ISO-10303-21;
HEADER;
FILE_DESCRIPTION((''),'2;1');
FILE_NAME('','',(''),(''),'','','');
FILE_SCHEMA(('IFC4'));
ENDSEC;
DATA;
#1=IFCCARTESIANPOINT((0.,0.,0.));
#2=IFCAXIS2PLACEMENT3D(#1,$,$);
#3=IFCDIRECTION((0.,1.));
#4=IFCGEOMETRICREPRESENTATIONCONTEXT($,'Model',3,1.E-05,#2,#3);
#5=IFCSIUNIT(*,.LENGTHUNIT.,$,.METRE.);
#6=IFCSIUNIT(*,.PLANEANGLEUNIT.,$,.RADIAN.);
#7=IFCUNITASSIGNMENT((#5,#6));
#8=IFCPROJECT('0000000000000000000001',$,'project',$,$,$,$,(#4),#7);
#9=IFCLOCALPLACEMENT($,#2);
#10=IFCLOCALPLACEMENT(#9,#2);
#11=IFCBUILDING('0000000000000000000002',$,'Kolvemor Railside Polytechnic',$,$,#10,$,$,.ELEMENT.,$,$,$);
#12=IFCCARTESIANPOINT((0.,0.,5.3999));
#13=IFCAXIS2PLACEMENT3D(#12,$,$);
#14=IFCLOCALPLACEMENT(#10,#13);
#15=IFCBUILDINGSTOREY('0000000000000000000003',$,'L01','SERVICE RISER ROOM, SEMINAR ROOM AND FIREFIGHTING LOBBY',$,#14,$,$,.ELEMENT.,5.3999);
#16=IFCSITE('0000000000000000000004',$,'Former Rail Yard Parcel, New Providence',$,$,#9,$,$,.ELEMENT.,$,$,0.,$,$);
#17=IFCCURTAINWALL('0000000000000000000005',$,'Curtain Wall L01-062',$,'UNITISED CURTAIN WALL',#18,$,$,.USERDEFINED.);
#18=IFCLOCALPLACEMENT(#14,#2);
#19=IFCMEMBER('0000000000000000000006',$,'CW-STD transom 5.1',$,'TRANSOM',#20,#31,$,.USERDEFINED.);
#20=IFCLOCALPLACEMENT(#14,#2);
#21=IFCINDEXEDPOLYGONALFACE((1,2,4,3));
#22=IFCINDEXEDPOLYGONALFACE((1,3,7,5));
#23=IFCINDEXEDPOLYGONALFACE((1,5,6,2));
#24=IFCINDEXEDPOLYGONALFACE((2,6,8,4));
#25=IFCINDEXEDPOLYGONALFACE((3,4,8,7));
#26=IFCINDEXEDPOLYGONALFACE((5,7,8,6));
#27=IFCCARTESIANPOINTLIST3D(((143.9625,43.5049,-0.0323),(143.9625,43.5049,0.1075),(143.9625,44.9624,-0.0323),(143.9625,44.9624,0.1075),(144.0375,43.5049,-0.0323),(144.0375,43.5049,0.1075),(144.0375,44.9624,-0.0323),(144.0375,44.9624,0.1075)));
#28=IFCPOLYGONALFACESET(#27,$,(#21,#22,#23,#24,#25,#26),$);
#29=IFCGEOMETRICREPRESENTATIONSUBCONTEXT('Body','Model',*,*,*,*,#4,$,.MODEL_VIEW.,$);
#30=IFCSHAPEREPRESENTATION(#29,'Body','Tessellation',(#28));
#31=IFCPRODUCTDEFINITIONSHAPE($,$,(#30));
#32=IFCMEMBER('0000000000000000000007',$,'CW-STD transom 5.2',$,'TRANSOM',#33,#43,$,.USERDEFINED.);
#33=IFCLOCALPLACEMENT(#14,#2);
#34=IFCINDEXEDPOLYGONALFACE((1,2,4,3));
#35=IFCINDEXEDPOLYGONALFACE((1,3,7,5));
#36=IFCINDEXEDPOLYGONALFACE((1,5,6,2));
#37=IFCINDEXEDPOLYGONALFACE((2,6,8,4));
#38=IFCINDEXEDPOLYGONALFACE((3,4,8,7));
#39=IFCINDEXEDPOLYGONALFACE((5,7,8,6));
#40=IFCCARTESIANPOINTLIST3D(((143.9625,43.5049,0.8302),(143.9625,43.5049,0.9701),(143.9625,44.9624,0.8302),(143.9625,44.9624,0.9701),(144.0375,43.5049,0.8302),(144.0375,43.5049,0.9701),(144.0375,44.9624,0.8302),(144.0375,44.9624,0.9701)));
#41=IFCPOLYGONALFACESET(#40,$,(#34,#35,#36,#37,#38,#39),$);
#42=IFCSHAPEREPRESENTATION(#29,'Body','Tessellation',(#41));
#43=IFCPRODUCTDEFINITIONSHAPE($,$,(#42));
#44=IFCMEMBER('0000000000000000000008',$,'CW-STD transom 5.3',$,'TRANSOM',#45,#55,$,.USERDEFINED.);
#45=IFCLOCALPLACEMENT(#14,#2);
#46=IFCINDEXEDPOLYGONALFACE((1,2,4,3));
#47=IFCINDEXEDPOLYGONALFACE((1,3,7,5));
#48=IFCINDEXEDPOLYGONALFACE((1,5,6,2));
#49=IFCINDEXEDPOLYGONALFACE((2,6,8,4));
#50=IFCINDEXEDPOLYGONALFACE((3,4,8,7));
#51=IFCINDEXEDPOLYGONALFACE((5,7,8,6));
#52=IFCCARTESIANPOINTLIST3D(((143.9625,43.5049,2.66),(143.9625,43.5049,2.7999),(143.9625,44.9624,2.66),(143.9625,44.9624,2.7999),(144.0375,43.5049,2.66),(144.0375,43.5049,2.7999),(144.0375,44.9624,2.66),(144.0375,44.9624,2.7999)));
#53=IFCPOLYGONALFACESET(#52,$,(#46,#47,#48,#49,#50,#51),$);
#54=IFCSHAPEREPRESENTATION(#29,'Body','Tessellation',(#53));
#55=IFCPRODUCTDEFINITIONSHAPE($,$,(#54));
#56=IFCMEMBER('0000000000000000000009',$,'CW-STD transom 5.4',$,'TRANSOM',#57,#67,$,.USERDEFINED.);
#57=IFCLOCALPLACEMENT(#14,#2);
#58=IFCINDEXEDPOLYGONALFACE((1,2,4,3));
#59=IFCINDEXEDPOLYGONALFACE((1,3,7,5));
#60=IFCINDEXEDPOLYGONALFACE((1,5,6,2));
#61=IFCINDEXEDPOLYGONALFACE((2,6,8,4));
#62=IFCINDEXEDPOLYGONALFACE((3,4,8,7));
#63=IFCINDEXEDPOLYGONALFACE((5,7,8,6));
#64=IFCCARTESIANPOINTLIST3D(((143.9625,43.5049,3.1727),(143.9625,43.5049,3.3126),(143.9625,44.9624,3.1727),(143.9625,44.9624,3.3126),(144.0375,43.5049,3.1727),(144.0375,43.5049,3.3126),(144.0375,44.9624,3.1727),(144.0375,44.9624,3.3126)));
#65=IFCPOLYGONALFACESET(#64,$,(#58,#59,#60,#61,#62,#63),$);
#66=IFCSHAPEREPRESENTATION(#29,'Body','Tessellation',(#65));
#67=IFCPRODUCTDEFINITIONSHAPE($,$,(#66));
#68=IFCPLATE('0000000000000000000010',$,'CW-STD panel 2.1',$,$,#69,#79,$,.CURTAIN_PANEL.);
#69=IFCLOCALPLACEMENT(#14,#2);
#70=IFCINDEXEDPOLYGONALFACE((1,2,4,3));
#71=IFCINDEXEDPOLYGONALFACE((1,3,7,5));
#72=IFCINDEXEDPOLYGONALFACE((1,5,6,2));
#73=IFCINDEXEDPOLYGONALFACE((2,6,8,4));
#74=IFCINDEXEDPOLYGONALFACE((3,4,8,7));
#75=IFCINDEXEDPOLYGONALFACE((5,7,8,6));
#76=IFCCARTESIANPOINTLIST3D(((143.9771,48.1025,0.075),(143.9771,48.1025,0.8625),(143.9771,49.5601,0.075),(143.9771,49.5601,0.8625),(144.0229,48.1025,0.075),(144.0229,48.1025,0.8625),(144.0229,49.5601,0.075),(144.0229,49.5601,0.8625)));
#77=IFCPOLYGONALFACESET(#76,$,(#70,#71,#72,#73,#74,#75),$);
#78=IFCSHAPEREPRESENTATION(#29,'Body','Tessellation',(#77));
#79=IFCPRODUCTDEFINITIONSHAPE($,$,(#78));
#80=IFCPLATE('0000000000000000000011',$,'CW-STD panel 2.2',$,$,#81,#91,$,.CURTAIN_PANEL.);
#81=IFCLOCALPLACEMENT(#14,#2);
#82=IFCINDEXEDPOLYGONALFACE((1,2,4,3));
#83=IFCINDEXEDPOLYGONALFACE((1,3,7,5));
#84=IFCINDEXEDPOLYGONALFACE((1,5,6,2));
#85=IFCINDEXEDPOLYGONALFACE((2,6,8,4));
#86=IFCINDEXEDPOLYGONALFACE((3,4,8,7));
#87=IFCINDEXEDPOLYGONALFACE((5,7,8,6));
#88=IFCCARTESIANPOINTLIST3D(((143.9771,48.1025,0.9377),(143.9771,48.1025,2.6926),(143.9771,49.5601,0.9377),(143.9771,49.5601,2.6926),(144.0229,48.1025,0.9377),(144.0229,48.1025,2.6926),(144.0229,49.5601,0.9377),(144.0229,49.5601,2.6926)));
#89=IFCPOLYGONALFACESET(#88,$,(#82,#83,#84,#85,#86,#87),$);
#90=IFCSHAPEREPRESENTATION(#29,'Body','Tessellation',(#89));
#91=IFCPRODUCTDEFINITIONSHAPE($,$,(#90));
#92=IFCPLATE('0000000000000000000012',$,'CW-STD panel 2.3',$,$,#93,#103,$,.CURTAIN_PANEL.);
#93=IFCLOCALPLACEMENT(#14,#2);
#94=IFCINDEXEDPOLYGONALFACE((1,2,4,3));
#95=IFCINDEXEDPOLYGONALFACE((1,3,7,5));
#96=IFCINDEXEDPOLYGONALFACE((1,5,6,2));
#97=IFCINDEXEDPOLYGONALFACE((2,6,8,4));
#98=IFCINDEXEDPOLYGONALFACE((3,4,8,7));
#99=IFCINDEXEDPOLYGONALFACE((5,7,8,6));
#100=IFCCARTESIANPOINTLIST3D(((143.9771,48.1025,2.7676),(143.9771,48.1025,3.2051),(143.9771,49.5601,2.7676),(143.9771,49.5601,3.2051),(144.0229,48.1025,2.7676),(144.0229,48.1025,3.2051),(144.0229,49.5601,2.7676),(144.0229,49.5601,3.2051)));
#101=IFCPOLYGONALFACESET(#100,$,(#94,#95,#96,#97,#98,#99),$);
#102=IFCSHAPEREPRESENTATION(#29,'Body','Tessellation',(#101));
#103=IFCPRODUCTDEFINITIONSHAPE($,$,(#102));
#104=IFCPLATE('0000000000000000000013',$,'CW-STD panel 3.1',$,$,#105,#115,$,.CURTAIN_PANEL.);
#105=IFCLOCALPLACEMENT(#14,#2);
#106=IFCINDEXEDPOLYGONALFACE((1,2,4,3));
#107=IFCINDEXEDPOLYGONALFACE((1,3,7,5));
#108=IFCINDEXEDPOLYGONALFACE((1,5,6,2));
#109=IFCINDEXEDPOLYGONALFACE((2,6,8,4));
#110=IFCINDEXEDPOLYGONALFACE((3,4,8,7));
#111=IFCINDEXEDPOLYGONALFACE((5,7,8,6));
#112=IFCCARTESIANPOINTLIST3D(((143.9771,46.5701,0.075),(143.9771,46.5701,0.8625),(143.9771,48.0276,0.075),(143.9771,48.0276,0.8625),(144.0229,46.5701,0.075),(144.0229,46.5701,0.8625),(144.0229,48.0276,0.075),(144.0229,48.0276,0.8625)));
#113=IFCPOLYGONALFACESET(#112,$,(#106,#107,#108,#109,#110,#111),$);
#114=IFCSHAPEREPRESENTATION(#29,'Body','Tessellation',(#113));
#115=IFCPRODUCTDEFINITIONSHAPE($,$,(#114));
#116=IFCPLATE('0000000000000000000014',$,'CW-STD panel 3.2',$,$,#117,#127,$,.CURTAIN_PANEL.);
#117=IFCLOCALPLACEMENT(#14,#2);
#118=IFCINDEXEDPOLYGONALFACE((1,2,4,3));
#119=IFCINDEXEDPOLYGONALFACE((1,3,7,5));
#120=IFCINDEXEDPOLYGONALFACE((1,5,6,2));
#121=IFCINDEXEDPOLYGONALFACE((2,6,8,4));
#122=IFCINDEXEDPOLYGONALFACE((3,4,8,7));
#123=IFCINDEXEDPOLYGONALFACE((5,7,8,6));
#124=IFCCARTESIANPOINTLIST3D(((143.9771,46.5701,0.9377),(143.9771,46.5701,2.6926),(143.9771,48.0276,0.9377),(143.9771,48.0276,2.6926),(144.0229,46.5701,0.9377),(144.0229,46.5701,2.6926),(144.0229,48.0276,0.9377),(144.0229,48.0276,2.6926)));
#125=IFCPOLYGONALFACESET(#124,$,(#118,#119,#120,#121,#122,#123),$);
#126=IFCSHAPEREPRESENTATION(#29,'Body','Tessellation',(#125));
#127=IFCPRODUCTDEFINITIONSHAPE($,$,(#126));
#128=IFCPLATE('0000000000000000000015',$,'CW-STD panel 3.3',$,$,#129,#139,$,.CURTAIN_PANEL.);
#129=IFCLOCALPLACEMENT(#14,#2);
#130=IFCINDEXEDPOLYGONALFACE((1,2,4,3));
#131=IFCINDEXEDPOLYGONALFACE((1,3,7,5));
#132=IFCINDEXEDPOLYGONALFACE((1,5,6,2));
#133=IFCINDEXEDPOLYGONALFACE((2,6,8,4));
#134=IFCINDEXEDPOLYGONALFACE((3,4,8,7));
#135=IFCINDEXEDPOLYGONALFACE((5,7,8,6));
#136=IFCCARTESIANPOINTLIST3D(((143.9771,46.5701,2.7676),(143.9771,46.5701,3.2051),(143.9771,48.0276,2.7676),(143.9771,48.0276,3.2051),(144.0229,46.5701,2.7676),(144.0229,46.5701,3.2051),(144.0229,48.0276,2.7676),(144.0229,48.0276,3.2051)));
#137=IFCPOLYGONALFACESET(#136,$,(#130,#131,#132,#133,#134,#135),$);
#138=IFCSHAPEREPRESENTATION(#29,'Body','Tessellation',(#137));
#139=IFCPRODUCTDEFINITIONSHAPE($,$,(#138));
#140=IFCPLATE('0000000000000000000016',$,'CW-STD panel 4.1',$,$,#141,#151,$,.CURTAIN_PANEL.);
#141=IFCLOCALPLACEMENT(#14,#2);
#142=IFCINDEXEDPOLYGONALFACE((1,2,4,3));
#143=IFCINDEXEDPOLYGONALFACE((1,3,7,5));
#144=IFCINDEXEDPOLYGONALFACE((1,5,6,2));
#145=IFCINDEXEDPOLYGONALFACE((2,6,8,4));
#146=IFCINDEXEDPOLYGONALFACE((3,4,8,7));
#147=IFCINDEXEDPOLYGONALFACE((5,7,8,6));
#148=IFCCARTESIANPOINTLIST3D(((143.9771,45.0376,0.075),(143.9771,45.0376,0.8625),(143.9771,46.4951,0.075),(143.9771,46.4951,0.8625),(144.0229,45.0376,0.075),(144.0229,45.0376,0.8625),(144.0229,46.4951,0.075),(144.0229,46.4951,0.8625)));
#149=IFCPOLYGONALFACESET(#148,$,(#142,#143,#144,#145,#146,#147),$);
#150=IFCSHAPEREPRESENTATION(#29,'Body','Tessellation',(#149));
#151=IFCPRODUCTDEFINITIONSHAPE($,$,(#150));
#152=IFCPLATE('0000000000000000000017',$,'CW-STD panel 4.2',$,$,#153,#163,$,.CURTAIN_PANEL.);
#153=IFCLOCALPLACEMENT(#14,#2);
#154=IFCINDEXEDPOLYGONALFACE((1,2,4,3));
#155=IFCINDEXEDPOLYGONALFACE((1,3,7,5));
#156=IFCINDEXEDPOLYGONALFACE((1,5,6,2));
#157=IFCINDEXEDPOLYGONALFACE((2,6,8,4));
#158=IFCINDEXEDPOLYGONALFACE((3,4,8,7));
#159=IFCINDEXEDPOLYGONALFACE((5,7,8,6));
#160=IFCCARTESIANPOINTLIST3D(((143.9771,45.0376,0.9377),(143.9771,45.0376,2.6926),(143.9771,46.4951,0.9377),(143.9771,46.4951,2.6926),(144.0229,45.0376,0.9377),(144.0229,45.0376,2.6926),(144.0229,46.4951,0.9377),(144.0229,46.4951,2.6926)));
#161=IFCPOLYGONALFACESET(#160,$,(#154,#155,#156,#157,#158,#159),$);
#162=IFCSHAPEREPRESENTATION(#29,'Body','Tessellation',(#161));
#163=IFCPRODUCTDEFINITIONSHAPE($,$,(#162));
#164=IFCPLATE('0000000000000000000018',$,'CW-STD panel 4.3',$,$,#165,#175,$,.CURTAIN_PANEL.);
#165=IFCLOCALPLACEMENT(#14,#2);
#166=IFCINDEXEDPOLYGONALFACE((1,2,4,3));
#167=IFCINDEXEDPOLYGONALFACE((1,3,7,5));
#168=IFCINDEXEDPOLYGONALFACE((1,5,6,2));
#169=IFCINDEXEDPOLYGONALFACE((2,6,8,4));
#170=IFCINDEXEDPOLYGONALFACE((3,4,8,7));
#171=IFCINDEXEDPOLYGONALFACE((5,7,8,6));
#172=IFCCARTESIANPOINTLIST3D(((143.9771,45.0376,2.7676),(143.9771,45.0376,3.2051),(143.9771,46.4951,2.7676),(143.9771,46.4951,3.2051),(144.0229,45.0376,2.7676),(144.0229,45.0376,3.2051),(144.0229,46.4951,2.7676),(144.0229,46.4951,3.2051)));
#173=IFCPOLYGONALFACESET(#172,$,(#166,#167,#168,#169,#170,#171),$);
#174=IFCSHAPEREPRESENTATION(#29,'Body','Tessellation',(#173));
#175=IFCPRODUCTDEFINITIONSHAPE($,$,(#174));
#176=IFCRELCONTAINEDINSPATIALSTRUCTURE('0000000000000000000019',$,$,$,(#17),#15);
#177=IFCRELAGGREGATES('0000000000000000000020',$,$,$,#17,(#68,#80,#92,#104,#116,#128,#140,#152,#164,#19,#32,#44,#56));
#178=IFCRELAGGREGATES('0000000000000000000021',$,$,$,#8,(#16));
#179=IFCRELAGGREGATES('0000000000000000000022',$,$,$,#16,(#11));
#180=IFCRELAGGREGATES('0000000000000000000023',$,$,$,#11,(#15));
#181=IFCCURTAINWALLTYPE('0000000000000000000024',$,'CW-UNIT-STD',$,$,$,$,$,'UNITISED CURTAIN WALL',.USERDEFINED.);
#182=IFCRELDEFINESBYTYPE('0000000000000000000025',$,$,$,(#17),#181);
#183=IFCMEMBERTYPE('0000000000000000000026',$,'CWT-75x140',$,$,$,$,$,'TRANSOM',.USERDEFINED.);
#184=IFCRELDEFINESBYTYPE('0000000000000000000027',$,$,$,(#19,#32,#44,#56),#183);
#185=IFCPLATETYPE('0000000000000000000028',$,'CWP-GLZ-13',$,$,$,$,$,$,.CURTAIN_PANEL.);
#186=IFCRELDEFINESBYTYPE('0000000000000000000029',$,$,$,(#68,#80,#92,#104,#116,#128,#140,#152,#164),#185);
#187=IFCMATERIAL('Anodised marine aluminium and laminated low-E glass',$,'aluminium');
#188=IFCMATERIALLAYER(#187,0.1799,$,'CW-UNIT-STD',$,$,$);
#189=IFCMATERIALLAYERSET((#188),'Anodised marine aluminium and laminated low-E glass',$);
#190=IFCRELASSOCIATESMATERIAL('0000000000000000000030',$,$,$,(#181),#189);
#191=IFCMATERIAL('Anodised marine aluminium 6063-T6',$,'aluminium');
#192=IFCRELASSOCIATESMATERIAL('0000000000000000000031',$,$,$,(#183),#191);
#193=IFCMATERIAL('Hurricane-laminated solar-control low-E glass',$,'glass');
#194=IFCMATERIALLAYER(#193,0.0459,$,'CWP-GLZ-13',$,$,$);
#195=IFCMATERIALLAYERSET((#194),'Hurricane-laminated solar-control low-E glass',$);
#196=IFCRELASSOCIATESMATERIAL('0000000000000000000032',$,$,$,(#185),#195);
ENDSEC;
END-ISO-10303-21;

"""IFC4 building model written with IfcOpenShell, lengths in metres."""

from ifc_helpers import new_model, si_unit, direction, frame, origin, origin_2d, place, context, subcontext, project, spatial, rectangle, extrude, material, layer, layer_set, material_profile, profile_set, type_object, element, aggregate, save


model = new_model("IFC4")

# Units and contexts
model_context = context("Model", 3, precision=1e-05, world=origin(), true_north=direction((0.0, 1.0)))
body_context = subcontext(model_context, "Body", "Model", "MODEL_VIEW")
ifc_project = project(units=[si_unit("LENGTHUNIT", "METRE"), si_unit("PLANEANGLEUNIT", "RADIAN")], contexts=[model_context])

# Site, building, storey
site_placement = place(None, origin())
site = spatial("IfcSite", under=ifc_project, at=site_placement, Name="Former Rail Yard Parcel, New Providence", CompositionType="ELEMENT", RefElevation=0.0)
building_placement = place(site_placement, origin())
building = spatial("IfcBuilding", under=site, at=building_placement, Name="Kolvemor Railside Polytechnic", CompositionType="ELEMENT")
storey_placement = place(building_placement, frame((0.0, 0.0, 5.3999)))
storey = spatial("IfcBuildingStorey", under=building, at=storey_placement, Name="L01", Description="SERVICE RISER ROOM, SEMINAR ROOM AND FIREFIGHTING LOBBY", CompositionType="ELEMENT", Elevation=5.3999)

# Curtain wall, members, plates
ifc_material_1 = material(Name="Anodised marine aluminium and laminated low-E glass", Category="aluminium")
ifc_layer_1 = layer(ifc_material_1, 0.1799, Name="CW-UNIT-STD")
ifc_layer_set_1 = layer_set([ifc_layer_1], Name="Anodised marine aluminium and laminated low-E glass")
curtain_wall_type = type_object("IfcCurtainWallType", Name="CW-UNIT-STD", ElementType="UNITISED CURTAIN WALL", PredefinedType="USERDEFINED", material=ifc_layer_set_1)
curtain_wall_placement = place(storey_placement, origin())
curtain_wall = element("IfcCurtainWall", 1, at=curtain_wall_placement, inside=storey, type_object=curtain_wall_type, Name="Curtain Wall L01-062", ObjectType="UNITISED CURTAIN WALL", PredefinedType="USERDEFINED")
ifc_material_2 = material(Name="Anodised marine aluminium 6063-T6", Category="aluminium")
ifc_material_profile_1 = material_profile(ifc_material_2, rectangle(XDim=0.075, YDim=0.1399, at=origin_2d()), Name="CW-TRN-75x140")
ifc_profile_set_1 = profile_set([ifc_material_profile_1], Name="Anodised marine aluminium 6063-T6")
member_type_1 = type_object("IfcMemberType", Name="CWT-75x140", ElementType="TRANSOM", PredefinedType="USERDEFINED", material=ifc_profile_set_1)
member_1_placement = place(storey_placement, frame((144.0, 44.9624, 0.0376), z_axis=(0.0, -1.0, 0.0), x_axis=(1.0, 0.0, 0.0)))
member_1 = element("IfcMember", 2, at=member_1_placement, type_object=member_type_1, Name="CW-STD transom 5.1", ObjectType="TRANSOM", PredefinedType="USERDEFINED", context=body_context, shape_type="SweptSolid", body=[
    extrude(rectangle(XDim=0.075, YDim=0.1399, at=origin_2d()), origin(), (0.0, 0.0, 1.0), 1.4575),
])
member_2_placement = place(storey_placement, frame((144.0, 44.9624, 0.9001), z_axis=(0.0, -1.0, 0.0), x_axis=(1.0, 0.0, 0.0)))
member_2 = element("IfcMember", 3, at=member_2_placement, type_object=member_type_1, Name="CW-STD transom 5.2", ObjectType="TRANSOM", PredefinedType="USERDEFINED", context=body_context, shape_type="SweptSolid", body=[
    extrude(rectangle(XDim=0.075, YDim=0.1399, at=origin_2d()), origin(), (0.0, 0.0, 1.0), 1.4575),
])
member_3_placement = place(storey_placement, frame((144.0, 44.9624, 2.73), z_axis=(0.0, -1.0, 0.0), x_axis=(1.0, 0.0, 0.0)))
member_3 = element("IfcMember", 4, at=member_3_placement, type_object=member_type_1, Name="CW-STD transom 5.3", ObjectType="TRANSOM", PredefinedType="USERDEFINED", context=body_context, shape_type="SweptSolid", body=[
    extrude(rectangle(XDim=0.075, YDim=0.1399, at=origin_2d()), origin(), (0.0, 0.0, 1.0), 1.4575),
])
member_4_placement = place(storey_placement, frame((144.0, 44.9624, 3.2427), z_axis=(0.0, -1.0, 0.0), x_axis=(1.0, 0.0, 0.0)))
member_4 = element("IfcMember", 5, at=member_4_placement, type_object=member_type_1, Name="CW-STD transom 5.4", ObjectType="TRANSOM", PredefinedType="USERDEFINED", context=body_context, shape_type="SweptSolid", body=[
    extrude(rectangle(XDim=0.075, YDim=0.1399, at=origin_2d()), origin(), (0.0, 0.0, 1.0), 1.4575),
])
ifc_material_3 = material(Name="Hurricane-laminated solar-control low-E glass", Category="glass")
ifc_layer_2 = layer(ifc_material_3, 0.0459, Name="CWP-GLZ-13")
ifc_layer_set_2 = layer_set([ifc_layer_2], Name="Hurricane-laminated solar-control low-E glass")
plate_type = type_object("IfcPlateType", Name="CWP-GLZ-13", PredefinedType="CURTAIN_PANEL", material=ifc_layer_set_2)
plate_1_placement = place(storey_placement, frame((144.0, 48.8313, 0.075), z_axis=(0.0, 0.0, 1.0), x_axis=(0.0, -1.0, 0.0)))
plate_1 = element("IfcPlate", 6, at=plate_1_placement, type_object=plate_type, Name="CW-STD panel 2.1", PredefinedType="CURTAIN_PANEL", context=body_context, shape_type="SweptSolid", body=[
    extrude(rectangle(XDim=1.4575, YDim=0.0459, at=origin_2d()), origin(), (0.0, 0.0, 1.0), 0.7876),
])
plate_2_placement = place(storey_placement, frame((144.0, 48.8313, 0.9377), z_axis=(0.0, 0.0, 1.0), x_axis=(0.0, -1.0, 0.0)))
plate_2 = element("IfcPlate", 7, at=plate_2_placement, type_object=plate_type, Name="CW-STD panel 2.2", PredefinedType="CURTAIN_PANEL", context=body_context, shape_type="SweptSolid", body=[
    extrude(rectangle(XDim=1.4575, YDim=0.0459, at=origin_2d()), origin(), (0.0, 0.0, 1.0), 1.7549),
])
plate_3_placement = place(storey_placement, frame((144.0, 48.8313, 2.7676), z_axis=(0.0, 0.0, 1.0), x_axis=(0.0, -1.0, 0.0)))
plate_3 = element("IfcPlate", 8, at=plate_3_placement, type_object=plate_type, Name="CW-STD panel 2.3", PredefinedType="CURTAIN_PANEL", context=body_context, shape_type="SweptSolid", body=[
    extrude(rectangle(XDim=1.4575, YDim=0.0459, at=origin_2d()), origin(), (0.0, 0.0, 1.0), 0.4375),
])
plate_4_placement = place(storey_placement, frame((144.0, 47.2988, 0.075), z_axis=(0.0, 0.0, 1.0), x_axis=(0.0, -1.0, 0.0)))
plate_4 = element("IfcPlate", 9, at=plate_4_placement, type_object=plate_type, Name="CW-STD panel 3.1", PredefinedType="CURTAIN_PANEL", context=body_context, shape_type="SweptSolid", body=[
    extrude(rectangle(XDim=1.4575, YDim=0.0459, at=origin_2d()), origin(), (0.0, 0.0, 1.0), 0.7876),
])
plate_5_placement = place(storey_placement, frame((144.0, 47.2988, 0.9377), z_axis=(0.0, 0.0, 1.0), x_axis=(0.0, -1.0, 0.0)))
plate_5 = element("IfcPlate", 10, at=plate_5_placement, type_object=plate_type, Name="CW-STD panel 3.2", PredefinedType="CURTAIN_PANEL", context=body_context, shape_type="SweptSolid", body=[
    extrude(rectangle(XDim=1.4575, YDim=0.0459, at=origin_2d()), origin(), (0.0, 0.0, 1.0), 1.7549),
])
plate_6_placement = place(storey_placement, frame((144.0, 47.2988, 2.7676), z_axis=(0.0, 0.0, 1.0), x_axis=(0.0, -1.0, 0.0)))
plate_6 = element("IfcPlate", 11, at=plate_6_placement, type_object=plate_type, Name="CW-STD panel 3.3", PredefinedType="CURTAIN_PANEL", context=body_context, shape_type="SweptSolid", body=[
    extrude(rectangle(XDim=1.4575, YDim=0.0459, at=origin_2d()), origin(), (0.0, 0.0, 1.0), 0.4375),
])
plate_7_placement = place(storey_placement, frame((144.0, 45.7664, 0.075), z_axis=(0.0, 0.0, 1.0), x_axis=(0.0, -1.0, 0.0)))
plate_7 = element("IfcPlate", 12, at=plate_7_placement, type_object=plate_type, Name="CW-STD panel 4.1", PredefinedType="CURTAIN_PANEL", context=body_context, shape_type="SweptSolid", body=[
    extrude(rectangle(XDim=1.4575, YDim=0.0459, at=origin_2d()), origin(), (0.0, 0.0, 1.0), 0.7876),
])
plate_8_placement = place(storey_placement, frame((144.0, 45.7664, 0.9377), z_axis=(0.0, 0.0, 1.0), x_axis=(0.0, -1.0, 0.0)))
plate_8 = element("IfcPlate", 13, at=plate_8_placement, type_object=plate_type, Name="CW-STD panel 4.2", PredefinedType="CURTAIN_PANEL", context=body_context, shape_type="SweptSolid", body=[
    extrude(rectangle(XDim=1.4575, YDim=0.0459, at=origin_2d()), origin(), (0.0, 0.0, 1.0), 1.7549),
])
plate_9_placement = place(storey_placement, frame((144.0, 45.7664, 2.7676), z_axis=(0.0, 0.0, 1.0), x_axis=(0.0, -1.0, 0.0)))
plate_9 = element("IfcPlate", 14, at=plate_9_placement, type_object=plate_type, Name="CW-STD panel 4.3", PredefinedType="CURTAIN_PANEL", context=body_context, shape_type="SweptSolid", body=[
    extrude(rectangle(XDim=1.4575, YDim=0.0459, at=origin_2d()), origin(), (0.0, 0.0, 1.0), 0.4375),
])
aggregate(curtain_wall, [plate_1, plate_2, plate_3, plate_4, plate_5, plate_6, plate_7, plate_8, plate_9, member_1, member_2, member_3, member_4])

save(model, "model.ifc")
